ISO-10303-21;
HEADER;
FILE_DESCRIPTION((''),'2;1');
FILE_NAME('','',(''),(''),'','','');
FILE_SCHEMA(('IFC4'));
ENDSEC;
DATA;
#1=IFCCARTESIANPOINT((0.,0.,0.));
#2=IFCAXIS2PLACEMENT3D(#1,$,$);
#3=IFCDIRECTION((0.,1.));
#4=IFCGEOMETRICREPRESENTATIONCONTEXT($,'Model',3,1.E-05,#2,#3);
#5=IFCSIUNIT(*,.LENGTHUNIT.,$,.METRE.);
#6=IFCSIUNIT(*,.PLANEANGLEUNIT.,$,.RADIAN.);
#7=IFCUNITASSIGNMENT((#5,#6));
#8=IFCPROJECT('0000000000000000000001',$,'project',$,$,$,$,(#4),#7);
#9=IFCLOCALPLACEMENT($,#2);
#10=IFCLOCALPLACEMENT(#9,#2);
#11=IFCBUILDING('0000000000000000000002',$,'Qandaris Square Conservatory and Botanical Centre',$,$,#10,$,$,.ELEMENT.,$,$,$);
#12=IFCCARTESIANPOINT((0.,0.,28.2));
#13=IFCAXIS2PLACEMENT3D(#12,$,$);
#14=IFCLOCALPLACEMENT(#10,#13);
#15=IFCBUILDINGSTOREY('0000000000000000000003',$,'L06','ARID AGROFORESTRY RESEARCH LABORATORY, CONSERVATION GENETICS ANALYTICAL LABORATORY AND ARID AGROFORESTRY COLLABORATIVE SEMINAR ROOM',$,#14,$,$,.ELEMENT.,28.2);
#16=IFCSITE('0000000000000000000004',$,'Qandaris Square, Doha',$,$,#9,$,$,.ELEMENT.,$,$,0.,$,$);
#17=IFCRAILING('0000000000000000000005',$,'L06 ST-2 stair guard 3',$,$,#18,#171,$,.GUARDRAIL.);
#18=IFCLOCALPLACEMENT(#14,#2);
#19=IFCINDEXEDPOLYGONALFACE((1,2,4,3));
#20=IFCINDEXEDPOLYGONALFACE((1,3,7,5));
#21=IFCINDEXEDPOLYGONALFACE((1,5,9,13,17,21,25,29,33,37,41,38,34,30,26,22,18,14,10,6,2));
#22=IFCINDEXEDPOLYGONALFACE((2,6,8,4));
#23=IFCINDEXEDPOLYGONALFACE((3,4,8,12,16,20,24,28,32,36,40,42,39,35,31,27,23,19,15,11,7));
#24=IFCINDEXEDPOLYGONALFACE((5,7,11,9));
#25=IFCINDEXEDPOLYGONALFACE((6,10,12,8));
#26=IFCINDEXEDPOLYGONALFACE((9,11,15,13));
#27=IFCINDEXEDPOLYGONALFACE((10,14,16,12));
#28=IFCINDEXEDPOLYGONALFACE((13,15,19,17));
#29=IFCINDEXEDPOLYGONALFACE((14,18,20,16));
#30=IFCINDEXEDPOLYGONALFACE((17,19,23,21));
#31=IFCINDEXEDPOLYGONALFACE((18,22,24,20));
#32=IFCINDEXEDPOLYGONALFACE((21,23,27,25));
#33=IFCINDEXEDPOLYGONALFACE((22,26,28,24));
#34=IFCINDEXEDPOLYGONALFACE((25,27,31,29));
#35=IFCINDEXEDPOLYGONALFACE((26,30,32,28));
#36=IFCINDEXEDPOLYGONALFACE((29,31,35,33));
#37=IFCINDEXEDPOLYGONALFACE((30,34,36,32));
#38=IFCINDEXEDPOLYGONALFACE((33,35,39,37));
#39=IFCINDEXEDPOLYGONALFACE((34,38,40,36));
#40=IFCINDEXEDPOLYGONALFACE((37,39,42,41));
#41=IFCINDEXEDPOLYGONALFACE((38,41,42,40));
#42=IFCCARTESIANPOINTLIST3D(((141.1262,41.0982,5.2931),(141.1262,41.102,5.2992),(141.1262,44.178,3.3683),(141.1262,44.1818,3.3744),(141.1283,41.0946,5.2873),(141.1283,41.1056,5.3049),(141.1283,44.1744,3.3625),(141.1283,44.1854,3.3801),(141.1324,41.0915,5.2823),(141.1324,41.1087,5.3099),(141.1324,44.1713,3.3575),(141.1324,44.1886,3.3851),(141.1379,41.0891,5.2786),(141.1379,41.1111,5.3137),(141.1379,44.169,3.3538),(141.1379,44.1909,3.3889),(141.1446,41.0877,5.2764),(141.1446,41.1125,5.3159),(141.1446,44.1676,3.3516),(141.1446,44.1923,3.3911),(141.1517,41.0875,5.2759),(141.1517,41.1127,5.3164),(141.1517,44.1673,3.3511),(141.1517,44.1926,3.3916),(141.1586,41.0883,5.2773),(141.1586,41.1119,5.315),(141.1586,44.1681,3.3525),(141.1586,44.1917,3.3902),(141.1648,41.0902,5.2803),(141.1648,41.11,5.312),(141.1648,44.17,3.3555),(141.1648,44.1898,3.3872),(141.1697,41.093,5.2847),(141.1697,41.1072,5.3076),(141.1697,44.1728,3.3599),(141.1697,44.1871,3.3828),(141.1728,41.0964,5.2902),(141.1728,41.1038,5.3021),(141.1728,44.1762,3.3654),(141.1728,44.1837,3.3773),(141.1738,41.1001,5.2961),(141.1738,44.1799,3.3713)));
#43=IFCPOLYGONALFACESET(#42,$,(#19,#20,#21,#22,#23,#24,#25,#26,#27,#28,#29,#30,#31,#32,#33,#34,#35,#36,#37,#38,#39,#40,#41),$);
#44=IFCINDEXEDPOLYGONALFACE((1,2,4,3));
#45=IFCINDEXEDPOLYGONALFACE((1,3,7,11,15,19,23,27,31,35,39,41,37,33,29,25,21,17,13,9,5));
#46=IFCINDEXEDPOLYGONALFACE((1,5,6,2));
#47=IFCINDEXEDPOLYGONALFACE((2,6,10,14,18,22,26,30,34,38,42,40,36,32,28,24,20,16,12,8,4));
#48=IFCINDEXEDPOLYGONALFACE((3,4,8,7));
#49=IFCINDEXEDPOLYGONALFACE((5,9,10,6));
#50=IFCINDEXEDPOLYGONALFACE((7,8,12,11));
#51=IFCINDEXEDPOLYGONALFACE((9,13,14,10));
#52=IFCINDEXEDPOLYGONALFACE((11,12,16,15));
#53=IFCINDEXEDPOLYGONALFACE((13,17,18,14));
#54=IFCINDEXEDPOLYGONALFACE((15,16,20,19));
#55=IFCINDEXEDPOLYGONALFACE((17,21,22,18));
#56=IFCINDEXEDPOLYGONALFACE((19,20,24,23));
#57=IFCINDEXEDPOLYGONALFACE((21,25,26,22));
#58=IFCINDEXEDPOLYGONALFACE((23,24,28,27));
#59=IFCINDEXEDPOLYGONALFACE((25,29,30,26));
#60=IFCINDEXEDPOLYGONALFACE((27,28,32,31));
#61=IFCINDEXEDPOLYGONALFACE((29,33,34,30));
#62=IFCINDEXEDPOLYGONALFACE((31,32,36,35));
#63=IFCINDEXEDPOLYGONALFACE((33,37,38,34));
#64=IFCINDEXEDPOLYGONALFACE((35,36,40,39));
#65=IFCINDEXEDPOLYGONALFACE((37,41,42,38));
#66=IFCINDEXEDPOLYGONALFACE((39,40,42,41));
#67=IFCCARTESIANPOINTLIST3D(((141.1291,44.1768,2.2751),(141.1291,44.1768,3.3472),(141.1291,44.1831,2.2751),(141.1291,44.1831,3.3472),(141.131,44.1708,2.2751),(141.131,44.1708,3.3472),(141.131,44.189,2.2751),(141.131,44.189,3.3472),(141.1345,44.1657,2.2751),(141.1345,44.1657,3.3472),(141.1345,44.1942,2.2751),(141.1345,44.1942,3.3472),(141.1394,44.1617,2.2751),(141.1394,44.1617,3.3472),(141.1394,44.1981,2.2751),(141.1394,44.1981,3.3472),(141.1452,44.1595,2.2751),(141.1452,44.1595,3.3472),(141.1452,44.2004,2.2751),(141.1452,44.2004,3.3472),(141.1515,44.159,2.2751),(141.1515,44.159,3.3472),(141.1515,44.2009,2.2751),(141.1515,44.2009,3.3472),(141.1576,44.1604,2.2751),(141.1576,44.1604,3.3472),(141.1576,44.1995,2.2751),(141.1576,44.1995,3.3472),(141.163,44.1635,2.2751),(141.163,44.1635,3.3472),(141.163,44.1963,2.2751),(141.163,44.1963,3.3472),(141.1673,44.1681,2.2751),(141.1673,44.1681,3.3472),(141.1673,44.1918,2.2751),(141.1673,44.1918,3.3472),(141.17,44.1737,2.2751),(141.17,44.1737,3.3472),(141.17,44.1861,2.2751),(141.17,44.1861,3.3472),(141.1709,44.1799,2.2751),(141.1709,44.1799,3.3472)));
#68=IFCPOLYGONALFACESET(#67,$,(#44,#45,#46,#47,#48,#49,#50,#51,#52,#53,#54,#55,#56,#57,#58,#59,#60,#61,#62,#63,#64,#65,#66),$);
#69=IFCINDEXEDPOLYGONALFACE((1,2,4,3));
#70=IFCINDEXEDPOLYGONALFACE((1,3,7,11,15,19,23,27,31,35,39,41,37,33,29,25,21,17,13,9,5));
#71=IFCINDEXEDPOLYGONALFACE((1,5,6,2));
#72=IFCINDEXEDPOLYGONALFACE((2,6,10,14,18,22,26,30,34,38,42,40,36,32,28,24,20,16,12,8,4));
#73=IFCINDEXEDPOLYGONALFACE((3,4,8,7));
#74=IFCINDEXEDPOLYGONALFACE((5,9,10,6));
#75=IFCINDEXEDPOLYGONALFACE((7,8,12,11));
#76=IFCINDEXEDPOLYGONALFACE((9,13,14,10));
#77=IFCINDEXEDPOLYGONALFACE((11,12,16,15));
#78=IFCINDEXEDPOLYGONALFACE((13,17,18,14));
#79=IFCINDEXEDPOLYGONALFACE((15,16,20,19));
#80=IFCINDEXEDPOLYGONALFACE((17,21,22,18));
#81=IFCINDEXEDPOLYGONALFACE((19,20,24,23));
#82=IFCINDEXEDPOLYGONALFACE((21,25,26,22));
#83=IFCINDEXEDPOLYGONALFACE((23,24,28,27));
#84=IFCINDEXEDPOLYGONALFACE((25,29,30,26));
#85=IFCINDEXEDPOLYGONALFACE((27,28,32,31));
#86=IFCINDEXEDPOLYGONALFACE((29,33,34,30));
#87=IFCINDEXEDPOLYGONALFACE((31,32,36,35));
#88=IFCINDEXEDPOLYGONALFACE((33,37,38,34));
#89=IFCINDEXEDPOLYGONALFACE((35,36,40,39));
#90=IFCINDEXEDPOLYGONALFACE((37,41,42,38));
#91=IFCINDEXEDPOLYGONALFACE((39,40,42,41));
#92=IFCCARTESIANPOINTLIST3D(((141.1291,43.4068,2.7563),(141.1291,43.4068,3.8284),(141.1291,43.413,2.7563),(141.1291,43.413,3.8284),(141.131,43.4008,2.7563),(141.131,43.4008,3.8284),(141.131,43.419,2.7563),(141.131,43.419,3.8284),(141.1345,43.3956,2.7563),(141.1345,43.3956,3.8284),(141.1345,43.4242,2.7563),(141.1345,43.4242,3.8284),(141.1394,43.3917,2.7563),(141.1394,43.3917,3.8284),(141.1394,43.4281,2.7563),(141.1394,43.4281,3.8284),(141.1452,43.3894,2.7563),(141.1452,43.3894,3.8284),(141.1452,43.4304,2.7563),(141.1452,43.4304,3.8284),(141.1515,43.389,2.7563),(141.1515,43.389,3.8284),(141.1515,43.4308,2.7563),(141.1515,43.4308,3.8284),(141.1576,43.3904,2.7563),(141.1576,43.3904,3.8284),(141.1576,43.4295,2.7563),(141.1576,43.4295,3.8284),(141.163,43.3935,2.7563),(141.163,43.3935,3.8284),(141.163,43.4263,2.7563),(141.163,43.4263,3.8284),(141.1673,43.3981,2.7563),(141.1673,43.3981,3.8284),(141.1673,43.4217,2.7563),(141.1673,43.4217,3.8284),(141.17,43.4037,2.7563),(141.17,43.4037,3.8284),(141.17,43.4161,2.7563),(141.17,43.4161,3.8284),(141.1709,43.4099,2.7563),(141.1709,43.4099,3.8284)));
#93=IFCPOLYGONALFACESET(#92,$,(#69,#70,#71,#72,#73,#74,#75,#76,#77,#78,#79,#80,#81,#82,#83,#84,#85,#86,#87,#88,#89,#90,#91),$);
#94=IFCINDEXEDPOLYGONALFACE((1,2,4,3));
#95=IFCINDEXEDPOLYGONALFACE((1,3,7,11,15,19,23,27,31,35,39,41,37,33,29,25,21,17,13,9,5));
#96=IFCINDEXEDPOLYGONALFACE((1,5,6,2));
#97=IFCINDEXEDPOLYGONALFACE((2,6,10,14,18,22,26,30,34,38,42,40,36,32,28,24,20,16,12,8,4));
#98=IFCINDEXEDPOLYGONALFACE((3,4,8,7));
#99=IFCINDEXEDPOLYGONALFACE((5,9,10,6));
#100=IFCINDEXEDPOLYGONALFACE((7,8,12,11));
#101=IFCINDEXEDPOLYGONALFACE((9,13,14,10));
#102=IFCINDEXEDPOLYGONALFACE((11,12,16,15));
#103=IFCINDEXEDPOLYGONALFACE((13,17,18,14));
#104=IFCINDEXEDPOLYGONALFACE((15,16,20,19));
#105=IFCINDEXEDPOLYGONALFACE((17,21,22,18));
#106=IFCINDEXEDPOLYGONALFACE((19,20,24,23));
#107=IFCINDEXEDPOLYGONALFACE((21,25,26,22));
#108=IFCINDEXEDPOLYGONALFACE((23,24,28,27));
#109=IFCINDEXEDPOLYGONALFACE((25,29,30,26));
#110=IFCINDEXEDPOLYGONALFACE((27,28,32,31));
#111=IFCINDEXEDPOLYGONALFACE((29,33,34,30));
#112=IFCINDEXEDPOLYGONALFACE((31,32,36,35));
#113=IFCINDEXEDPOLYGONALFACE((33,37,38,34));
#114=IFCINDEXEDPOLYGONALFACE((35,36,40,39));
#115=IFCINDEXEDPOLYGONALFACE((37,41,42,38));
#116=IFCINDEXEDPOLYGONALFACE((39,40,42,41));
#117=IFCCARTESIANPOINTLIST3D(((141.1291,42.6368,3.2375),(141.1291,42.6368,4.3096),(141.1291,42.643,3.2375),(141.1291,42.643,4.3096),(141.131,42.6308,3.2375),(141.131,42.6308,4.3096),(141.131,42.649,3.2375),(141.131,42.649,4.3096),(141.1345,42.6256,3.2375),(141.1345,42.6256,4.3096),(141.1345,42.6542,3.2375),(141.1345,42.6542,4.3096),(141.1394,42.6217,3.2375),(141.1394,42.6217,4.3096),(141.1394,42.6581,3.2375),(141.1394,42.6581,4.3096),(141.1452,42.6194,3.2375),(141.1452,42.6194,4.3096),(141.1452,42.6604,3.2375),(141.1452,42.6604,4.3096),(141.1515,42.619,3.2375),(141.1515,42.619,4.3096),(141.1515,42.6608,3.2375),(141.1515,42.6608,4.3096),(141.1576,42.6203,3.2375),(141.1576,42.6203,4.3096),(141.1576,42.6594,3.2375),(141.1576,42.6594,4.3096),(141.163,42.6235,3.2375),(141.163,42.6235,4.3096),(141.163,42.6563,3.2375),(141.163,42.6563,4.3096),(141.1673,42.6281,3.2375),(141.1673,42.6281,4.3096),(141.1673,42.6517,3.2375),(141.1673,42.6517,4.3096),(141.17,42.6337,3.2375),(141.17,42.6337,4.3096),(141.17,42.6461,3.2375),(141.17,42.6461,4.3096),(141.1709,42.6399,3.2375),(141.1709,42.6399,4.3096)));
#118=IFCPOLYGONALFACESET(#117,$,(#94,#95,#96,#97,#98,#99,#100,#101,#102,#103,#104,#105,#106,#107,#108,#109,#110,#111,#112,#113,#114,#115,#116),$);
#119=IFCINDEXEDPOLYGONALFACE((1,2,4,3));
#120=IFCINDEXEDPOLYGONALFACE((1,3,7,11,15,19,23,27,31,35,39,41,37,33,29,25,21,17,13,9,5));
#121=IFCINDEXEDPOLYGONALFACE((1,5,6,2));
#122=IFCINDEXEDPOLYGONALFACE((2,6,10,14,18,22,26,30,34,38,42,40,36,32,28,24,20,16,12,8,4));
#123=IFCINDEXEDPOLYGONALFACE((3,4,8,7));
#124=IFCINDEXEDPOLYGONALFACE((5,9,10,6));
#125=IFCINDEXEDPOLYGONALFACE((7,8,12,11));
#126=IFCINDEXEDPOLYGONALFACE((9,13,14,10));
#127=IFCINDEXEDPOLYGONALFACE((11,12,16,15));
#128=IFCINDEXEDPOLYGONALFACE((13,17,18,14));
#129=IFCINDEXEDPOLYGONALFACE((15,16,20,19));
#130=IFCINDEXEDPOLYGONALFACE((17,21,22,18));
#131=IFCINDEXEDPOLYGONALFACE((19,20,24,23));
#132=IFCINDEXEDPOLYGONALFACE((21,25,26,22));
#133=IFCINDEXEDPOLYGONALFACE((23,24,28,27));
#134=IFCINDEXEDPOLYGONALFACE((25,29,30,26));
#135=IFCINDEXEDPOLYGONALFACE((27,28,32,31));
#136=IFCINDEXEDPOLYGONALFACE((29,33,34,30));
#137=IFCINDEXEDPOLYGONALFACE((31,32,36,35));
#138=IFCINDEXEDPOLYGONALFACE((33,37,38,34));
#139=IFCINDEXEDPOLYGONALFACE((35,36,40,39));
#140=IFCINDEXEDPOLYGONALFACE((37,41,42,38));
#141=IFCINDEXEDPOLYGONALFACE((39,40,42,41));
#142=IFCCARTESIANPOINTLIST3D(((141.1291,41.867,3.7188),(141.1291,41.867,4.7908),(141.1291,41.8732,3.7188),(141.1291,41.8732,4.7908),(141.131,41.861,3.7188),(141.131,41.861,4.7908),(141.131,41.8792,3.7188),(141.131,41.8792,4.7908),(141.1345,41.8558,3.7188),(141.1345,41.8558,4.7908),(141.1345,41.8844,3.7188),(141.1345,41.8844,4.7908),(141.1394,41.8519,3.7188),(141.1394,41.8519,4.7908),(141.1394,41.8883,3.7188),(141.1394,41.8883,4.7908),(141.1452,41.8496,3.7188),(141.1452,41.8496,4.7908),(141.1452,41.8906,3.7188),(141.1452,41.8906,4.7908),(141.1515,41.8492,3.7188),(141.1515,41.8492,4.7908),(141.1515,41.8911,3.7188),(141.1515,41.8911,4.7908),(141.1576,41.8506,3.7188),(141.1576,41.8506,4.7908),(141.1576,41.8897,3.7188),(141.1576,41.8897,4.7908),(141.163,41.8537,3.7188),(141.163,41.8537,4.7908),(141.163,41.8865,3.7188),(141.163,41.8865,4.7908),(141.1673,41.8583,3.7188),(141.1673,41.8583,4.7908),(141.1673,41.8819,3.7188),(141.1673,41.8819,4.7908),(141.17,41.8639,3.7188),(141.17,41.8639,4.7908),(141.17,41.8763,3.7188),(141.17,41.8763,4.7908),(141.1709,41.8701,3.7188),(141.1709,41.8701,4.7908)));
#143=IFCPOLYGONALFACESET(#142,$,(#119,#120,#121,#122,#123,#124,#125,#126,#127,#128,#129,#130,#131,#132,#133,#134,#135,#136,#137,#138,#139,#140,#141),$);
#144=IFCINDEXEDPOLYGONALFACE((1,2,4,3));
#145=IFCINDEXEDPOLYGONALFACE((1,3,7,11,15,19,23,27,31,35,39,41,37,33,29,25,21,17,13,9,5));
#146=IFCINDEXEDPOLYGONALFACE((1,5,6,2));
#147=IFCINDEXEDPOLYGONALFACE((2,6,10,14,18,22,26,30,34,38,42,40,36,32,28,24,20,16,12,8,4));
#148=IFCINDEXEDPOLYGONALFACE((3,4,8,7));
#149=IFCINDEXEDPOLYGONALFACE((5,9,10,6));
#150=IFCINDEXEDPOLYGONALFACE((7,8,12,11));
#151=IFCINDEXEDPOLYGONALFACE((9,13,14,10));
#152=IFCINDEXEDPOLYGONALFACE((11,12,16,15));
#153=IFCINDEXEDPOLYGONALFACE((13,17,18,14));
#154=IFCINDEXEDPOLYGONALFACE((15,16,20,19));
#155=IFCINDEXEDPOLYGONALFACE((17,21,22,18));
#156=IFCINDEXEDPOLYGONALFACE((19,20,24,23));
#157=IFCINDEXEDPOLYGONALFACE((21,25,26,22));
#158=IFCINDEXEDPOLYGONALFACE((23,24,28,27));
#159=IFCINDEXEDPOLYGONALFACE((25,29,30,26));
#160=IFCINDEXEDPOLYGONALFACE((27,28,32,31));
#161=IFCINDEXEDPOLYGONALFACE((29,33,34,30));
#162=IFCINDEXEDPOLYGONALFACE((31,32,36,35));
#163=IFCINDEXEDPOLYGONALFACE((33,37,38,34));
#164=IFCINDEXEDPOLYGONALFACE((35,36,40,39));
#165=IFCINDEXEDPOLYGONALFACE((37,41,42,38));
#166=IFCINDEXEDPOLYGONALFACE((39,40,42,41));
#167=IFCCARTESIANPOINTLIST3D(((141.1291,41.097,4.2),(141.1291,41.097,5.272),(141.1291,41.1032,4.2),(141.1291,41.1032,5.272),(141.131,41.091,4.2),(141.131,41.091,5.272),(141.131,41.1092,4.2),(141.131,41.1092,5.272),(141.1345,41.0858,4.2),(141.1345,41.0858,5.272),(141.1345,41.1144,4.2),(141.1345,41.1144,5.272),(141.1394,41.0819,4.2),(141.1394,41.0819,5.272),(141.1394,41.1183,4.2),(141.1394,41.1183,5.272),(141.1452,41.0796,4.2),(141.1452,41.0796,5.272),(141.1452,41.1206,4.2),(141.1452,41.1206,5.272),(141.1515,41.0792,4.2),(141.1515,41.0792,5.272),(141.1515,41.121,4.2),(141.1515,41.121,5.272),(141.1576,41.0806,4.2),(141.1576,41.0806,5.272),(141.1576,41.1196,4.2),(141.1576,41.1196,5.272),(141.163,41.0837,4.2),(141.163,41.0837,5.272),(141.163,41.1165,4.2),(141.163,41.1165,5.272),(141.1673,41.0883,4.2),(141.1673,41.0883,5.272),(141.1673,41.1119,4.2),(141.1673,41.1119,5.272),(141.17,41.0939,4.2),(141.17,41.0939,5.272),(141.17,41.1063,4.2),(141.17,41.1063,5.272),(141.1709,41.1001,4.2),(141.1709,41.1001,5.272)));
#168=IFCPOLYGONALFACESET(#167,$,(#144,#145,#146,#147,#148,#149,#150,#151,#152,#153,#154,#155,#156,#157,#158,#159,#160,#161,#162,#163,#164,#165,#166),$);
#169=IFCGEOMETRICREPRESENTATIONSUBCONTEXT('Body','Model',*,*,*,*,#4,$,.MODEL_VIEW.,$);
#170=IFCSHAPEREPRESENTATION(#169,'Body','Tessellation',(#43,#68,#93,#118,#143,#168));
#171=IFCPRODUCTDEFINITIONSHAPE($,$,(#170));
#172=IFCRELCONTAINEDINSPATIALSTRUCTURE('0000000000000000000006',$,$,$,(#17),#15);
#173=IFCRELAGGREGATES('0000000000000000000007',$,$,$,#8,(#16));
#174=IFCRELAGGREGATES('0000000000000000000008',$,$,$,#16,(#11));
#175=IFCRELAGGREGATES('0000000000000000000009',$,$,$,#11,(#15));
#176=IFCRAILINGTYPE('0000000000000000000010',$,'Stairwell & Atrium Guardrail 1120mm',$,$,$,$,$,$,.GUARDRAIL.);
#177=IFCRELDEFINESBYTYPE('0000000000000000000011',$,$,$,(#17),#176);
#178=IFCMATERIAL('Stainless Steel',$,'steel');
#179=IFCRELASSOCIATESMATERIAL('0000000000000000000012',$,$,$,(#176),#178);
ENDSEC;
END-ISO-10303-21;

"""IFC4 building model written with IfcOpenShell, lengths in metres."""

from ifc_helpers import new_model, si_unit, direction, frame, origin, origin_2d, place, context, subcontext, project, spatial, circle, extrude, material, type_object, element, save


model = new_model("IFC4")

# Units and contexts
model_context = context("Model", 3, precision=1e-05, world=origin(), true_north=direction((0.0, 1.0)))
body_context = subcontext(model_context, "Body", "Model", "MODEL_VIEW")
ifc_project = project(units=[si_unit("LENGTHUNIT", "METRE"), si_unit("PLANEANGLEUNIT", "RADIAN")], contexts=[model_context])

# Site, building, storey
site_placement = place(None, origin())
site = spatial("IfcSite", under=ifc_project, at=site_placement, Name="Qandaris Square, Doha", CompositionType="ELEMENT", RefElevation=0.0)
building_placement = place(site_placement, origin())
building = spatial("IfcBuilding", under=site, at=building_placement, Name="Qandaris Square Conservatory and Botanical Centre", CompositionType="ELEMENT")
storey_placement = place(building_placement, frame((0.0, 0.0, 28.2)))
storey = spatial("IfcBuildingStorey", under=building, at=storey_placement, Name="L06", Description="ARID AGROFORESTRY RESEARCH LABORATORY, CONSERVATION GENETICS ANALYTICAL LABORATORY AND ARID AGROFORESTRY COLLABORATIVE SEMINAR ROOM", CompositionType="ELEMENT", Elevation=28.2)

# Railing
ifc_material_1 = material(Name="Stainless Steel", Category="steel")
railing_type_1 = type_object("IfcRailingType", Name="Stairwell & Atrium Guardrail 1120mm", PredefinedType="GUARDRAIL", material=ifc_material_1)
railing_1_placement = place(storey_placement, frame((141.1499, 44.1799, 2.2751)))
element("IfcRailing", 1, at=railing_1_placement, inside=storey, type_object=railing_type_1, Name="L06 ST-2 stair guard 3", PredefinedType="GUARDRAIL", context=body_context, shape_type="SweptSolid", body=[
    extrude(circle(Radius=0.0239, at=origin_2d()), frame((0.0, 0.0, 1.0962), z_axis=(0.0, -0.84801, 0.529981), x_axis=(1.0, 0.0, 0.0)), (0.0, 0.0, 1.0), 3.6318),
    extrude(circle(Radius=0.021, at=origin_2d()), origin(), (0.0, 0.0, 1.0), 1.072),
    extrude(circle(Radius=0.021, at=origin_2d()), frame((0.0, -0.77, 0.4812)), (0.0, 0.0, 1.0), 1.072),
    extrude(circle(Radius=0.021, at=origin_2d()), frame((0.0, -1.54, 0.9624)), (0.0, 0.0, 1.0), 1.072),
    extrude(circle(Radius=0.021, at=origin_2d()), frame((0.0, -2.3098, 1.4436)), (0.0, 0.0, 1.0), 1.072),
    extrude(circle(Radius=0.021, at=origin_2d()), frame((0.0, -3.0798, 1.9248)), (0.0, 0.0, 1.0), 1.072),
])

save(model, "model.ifc")
